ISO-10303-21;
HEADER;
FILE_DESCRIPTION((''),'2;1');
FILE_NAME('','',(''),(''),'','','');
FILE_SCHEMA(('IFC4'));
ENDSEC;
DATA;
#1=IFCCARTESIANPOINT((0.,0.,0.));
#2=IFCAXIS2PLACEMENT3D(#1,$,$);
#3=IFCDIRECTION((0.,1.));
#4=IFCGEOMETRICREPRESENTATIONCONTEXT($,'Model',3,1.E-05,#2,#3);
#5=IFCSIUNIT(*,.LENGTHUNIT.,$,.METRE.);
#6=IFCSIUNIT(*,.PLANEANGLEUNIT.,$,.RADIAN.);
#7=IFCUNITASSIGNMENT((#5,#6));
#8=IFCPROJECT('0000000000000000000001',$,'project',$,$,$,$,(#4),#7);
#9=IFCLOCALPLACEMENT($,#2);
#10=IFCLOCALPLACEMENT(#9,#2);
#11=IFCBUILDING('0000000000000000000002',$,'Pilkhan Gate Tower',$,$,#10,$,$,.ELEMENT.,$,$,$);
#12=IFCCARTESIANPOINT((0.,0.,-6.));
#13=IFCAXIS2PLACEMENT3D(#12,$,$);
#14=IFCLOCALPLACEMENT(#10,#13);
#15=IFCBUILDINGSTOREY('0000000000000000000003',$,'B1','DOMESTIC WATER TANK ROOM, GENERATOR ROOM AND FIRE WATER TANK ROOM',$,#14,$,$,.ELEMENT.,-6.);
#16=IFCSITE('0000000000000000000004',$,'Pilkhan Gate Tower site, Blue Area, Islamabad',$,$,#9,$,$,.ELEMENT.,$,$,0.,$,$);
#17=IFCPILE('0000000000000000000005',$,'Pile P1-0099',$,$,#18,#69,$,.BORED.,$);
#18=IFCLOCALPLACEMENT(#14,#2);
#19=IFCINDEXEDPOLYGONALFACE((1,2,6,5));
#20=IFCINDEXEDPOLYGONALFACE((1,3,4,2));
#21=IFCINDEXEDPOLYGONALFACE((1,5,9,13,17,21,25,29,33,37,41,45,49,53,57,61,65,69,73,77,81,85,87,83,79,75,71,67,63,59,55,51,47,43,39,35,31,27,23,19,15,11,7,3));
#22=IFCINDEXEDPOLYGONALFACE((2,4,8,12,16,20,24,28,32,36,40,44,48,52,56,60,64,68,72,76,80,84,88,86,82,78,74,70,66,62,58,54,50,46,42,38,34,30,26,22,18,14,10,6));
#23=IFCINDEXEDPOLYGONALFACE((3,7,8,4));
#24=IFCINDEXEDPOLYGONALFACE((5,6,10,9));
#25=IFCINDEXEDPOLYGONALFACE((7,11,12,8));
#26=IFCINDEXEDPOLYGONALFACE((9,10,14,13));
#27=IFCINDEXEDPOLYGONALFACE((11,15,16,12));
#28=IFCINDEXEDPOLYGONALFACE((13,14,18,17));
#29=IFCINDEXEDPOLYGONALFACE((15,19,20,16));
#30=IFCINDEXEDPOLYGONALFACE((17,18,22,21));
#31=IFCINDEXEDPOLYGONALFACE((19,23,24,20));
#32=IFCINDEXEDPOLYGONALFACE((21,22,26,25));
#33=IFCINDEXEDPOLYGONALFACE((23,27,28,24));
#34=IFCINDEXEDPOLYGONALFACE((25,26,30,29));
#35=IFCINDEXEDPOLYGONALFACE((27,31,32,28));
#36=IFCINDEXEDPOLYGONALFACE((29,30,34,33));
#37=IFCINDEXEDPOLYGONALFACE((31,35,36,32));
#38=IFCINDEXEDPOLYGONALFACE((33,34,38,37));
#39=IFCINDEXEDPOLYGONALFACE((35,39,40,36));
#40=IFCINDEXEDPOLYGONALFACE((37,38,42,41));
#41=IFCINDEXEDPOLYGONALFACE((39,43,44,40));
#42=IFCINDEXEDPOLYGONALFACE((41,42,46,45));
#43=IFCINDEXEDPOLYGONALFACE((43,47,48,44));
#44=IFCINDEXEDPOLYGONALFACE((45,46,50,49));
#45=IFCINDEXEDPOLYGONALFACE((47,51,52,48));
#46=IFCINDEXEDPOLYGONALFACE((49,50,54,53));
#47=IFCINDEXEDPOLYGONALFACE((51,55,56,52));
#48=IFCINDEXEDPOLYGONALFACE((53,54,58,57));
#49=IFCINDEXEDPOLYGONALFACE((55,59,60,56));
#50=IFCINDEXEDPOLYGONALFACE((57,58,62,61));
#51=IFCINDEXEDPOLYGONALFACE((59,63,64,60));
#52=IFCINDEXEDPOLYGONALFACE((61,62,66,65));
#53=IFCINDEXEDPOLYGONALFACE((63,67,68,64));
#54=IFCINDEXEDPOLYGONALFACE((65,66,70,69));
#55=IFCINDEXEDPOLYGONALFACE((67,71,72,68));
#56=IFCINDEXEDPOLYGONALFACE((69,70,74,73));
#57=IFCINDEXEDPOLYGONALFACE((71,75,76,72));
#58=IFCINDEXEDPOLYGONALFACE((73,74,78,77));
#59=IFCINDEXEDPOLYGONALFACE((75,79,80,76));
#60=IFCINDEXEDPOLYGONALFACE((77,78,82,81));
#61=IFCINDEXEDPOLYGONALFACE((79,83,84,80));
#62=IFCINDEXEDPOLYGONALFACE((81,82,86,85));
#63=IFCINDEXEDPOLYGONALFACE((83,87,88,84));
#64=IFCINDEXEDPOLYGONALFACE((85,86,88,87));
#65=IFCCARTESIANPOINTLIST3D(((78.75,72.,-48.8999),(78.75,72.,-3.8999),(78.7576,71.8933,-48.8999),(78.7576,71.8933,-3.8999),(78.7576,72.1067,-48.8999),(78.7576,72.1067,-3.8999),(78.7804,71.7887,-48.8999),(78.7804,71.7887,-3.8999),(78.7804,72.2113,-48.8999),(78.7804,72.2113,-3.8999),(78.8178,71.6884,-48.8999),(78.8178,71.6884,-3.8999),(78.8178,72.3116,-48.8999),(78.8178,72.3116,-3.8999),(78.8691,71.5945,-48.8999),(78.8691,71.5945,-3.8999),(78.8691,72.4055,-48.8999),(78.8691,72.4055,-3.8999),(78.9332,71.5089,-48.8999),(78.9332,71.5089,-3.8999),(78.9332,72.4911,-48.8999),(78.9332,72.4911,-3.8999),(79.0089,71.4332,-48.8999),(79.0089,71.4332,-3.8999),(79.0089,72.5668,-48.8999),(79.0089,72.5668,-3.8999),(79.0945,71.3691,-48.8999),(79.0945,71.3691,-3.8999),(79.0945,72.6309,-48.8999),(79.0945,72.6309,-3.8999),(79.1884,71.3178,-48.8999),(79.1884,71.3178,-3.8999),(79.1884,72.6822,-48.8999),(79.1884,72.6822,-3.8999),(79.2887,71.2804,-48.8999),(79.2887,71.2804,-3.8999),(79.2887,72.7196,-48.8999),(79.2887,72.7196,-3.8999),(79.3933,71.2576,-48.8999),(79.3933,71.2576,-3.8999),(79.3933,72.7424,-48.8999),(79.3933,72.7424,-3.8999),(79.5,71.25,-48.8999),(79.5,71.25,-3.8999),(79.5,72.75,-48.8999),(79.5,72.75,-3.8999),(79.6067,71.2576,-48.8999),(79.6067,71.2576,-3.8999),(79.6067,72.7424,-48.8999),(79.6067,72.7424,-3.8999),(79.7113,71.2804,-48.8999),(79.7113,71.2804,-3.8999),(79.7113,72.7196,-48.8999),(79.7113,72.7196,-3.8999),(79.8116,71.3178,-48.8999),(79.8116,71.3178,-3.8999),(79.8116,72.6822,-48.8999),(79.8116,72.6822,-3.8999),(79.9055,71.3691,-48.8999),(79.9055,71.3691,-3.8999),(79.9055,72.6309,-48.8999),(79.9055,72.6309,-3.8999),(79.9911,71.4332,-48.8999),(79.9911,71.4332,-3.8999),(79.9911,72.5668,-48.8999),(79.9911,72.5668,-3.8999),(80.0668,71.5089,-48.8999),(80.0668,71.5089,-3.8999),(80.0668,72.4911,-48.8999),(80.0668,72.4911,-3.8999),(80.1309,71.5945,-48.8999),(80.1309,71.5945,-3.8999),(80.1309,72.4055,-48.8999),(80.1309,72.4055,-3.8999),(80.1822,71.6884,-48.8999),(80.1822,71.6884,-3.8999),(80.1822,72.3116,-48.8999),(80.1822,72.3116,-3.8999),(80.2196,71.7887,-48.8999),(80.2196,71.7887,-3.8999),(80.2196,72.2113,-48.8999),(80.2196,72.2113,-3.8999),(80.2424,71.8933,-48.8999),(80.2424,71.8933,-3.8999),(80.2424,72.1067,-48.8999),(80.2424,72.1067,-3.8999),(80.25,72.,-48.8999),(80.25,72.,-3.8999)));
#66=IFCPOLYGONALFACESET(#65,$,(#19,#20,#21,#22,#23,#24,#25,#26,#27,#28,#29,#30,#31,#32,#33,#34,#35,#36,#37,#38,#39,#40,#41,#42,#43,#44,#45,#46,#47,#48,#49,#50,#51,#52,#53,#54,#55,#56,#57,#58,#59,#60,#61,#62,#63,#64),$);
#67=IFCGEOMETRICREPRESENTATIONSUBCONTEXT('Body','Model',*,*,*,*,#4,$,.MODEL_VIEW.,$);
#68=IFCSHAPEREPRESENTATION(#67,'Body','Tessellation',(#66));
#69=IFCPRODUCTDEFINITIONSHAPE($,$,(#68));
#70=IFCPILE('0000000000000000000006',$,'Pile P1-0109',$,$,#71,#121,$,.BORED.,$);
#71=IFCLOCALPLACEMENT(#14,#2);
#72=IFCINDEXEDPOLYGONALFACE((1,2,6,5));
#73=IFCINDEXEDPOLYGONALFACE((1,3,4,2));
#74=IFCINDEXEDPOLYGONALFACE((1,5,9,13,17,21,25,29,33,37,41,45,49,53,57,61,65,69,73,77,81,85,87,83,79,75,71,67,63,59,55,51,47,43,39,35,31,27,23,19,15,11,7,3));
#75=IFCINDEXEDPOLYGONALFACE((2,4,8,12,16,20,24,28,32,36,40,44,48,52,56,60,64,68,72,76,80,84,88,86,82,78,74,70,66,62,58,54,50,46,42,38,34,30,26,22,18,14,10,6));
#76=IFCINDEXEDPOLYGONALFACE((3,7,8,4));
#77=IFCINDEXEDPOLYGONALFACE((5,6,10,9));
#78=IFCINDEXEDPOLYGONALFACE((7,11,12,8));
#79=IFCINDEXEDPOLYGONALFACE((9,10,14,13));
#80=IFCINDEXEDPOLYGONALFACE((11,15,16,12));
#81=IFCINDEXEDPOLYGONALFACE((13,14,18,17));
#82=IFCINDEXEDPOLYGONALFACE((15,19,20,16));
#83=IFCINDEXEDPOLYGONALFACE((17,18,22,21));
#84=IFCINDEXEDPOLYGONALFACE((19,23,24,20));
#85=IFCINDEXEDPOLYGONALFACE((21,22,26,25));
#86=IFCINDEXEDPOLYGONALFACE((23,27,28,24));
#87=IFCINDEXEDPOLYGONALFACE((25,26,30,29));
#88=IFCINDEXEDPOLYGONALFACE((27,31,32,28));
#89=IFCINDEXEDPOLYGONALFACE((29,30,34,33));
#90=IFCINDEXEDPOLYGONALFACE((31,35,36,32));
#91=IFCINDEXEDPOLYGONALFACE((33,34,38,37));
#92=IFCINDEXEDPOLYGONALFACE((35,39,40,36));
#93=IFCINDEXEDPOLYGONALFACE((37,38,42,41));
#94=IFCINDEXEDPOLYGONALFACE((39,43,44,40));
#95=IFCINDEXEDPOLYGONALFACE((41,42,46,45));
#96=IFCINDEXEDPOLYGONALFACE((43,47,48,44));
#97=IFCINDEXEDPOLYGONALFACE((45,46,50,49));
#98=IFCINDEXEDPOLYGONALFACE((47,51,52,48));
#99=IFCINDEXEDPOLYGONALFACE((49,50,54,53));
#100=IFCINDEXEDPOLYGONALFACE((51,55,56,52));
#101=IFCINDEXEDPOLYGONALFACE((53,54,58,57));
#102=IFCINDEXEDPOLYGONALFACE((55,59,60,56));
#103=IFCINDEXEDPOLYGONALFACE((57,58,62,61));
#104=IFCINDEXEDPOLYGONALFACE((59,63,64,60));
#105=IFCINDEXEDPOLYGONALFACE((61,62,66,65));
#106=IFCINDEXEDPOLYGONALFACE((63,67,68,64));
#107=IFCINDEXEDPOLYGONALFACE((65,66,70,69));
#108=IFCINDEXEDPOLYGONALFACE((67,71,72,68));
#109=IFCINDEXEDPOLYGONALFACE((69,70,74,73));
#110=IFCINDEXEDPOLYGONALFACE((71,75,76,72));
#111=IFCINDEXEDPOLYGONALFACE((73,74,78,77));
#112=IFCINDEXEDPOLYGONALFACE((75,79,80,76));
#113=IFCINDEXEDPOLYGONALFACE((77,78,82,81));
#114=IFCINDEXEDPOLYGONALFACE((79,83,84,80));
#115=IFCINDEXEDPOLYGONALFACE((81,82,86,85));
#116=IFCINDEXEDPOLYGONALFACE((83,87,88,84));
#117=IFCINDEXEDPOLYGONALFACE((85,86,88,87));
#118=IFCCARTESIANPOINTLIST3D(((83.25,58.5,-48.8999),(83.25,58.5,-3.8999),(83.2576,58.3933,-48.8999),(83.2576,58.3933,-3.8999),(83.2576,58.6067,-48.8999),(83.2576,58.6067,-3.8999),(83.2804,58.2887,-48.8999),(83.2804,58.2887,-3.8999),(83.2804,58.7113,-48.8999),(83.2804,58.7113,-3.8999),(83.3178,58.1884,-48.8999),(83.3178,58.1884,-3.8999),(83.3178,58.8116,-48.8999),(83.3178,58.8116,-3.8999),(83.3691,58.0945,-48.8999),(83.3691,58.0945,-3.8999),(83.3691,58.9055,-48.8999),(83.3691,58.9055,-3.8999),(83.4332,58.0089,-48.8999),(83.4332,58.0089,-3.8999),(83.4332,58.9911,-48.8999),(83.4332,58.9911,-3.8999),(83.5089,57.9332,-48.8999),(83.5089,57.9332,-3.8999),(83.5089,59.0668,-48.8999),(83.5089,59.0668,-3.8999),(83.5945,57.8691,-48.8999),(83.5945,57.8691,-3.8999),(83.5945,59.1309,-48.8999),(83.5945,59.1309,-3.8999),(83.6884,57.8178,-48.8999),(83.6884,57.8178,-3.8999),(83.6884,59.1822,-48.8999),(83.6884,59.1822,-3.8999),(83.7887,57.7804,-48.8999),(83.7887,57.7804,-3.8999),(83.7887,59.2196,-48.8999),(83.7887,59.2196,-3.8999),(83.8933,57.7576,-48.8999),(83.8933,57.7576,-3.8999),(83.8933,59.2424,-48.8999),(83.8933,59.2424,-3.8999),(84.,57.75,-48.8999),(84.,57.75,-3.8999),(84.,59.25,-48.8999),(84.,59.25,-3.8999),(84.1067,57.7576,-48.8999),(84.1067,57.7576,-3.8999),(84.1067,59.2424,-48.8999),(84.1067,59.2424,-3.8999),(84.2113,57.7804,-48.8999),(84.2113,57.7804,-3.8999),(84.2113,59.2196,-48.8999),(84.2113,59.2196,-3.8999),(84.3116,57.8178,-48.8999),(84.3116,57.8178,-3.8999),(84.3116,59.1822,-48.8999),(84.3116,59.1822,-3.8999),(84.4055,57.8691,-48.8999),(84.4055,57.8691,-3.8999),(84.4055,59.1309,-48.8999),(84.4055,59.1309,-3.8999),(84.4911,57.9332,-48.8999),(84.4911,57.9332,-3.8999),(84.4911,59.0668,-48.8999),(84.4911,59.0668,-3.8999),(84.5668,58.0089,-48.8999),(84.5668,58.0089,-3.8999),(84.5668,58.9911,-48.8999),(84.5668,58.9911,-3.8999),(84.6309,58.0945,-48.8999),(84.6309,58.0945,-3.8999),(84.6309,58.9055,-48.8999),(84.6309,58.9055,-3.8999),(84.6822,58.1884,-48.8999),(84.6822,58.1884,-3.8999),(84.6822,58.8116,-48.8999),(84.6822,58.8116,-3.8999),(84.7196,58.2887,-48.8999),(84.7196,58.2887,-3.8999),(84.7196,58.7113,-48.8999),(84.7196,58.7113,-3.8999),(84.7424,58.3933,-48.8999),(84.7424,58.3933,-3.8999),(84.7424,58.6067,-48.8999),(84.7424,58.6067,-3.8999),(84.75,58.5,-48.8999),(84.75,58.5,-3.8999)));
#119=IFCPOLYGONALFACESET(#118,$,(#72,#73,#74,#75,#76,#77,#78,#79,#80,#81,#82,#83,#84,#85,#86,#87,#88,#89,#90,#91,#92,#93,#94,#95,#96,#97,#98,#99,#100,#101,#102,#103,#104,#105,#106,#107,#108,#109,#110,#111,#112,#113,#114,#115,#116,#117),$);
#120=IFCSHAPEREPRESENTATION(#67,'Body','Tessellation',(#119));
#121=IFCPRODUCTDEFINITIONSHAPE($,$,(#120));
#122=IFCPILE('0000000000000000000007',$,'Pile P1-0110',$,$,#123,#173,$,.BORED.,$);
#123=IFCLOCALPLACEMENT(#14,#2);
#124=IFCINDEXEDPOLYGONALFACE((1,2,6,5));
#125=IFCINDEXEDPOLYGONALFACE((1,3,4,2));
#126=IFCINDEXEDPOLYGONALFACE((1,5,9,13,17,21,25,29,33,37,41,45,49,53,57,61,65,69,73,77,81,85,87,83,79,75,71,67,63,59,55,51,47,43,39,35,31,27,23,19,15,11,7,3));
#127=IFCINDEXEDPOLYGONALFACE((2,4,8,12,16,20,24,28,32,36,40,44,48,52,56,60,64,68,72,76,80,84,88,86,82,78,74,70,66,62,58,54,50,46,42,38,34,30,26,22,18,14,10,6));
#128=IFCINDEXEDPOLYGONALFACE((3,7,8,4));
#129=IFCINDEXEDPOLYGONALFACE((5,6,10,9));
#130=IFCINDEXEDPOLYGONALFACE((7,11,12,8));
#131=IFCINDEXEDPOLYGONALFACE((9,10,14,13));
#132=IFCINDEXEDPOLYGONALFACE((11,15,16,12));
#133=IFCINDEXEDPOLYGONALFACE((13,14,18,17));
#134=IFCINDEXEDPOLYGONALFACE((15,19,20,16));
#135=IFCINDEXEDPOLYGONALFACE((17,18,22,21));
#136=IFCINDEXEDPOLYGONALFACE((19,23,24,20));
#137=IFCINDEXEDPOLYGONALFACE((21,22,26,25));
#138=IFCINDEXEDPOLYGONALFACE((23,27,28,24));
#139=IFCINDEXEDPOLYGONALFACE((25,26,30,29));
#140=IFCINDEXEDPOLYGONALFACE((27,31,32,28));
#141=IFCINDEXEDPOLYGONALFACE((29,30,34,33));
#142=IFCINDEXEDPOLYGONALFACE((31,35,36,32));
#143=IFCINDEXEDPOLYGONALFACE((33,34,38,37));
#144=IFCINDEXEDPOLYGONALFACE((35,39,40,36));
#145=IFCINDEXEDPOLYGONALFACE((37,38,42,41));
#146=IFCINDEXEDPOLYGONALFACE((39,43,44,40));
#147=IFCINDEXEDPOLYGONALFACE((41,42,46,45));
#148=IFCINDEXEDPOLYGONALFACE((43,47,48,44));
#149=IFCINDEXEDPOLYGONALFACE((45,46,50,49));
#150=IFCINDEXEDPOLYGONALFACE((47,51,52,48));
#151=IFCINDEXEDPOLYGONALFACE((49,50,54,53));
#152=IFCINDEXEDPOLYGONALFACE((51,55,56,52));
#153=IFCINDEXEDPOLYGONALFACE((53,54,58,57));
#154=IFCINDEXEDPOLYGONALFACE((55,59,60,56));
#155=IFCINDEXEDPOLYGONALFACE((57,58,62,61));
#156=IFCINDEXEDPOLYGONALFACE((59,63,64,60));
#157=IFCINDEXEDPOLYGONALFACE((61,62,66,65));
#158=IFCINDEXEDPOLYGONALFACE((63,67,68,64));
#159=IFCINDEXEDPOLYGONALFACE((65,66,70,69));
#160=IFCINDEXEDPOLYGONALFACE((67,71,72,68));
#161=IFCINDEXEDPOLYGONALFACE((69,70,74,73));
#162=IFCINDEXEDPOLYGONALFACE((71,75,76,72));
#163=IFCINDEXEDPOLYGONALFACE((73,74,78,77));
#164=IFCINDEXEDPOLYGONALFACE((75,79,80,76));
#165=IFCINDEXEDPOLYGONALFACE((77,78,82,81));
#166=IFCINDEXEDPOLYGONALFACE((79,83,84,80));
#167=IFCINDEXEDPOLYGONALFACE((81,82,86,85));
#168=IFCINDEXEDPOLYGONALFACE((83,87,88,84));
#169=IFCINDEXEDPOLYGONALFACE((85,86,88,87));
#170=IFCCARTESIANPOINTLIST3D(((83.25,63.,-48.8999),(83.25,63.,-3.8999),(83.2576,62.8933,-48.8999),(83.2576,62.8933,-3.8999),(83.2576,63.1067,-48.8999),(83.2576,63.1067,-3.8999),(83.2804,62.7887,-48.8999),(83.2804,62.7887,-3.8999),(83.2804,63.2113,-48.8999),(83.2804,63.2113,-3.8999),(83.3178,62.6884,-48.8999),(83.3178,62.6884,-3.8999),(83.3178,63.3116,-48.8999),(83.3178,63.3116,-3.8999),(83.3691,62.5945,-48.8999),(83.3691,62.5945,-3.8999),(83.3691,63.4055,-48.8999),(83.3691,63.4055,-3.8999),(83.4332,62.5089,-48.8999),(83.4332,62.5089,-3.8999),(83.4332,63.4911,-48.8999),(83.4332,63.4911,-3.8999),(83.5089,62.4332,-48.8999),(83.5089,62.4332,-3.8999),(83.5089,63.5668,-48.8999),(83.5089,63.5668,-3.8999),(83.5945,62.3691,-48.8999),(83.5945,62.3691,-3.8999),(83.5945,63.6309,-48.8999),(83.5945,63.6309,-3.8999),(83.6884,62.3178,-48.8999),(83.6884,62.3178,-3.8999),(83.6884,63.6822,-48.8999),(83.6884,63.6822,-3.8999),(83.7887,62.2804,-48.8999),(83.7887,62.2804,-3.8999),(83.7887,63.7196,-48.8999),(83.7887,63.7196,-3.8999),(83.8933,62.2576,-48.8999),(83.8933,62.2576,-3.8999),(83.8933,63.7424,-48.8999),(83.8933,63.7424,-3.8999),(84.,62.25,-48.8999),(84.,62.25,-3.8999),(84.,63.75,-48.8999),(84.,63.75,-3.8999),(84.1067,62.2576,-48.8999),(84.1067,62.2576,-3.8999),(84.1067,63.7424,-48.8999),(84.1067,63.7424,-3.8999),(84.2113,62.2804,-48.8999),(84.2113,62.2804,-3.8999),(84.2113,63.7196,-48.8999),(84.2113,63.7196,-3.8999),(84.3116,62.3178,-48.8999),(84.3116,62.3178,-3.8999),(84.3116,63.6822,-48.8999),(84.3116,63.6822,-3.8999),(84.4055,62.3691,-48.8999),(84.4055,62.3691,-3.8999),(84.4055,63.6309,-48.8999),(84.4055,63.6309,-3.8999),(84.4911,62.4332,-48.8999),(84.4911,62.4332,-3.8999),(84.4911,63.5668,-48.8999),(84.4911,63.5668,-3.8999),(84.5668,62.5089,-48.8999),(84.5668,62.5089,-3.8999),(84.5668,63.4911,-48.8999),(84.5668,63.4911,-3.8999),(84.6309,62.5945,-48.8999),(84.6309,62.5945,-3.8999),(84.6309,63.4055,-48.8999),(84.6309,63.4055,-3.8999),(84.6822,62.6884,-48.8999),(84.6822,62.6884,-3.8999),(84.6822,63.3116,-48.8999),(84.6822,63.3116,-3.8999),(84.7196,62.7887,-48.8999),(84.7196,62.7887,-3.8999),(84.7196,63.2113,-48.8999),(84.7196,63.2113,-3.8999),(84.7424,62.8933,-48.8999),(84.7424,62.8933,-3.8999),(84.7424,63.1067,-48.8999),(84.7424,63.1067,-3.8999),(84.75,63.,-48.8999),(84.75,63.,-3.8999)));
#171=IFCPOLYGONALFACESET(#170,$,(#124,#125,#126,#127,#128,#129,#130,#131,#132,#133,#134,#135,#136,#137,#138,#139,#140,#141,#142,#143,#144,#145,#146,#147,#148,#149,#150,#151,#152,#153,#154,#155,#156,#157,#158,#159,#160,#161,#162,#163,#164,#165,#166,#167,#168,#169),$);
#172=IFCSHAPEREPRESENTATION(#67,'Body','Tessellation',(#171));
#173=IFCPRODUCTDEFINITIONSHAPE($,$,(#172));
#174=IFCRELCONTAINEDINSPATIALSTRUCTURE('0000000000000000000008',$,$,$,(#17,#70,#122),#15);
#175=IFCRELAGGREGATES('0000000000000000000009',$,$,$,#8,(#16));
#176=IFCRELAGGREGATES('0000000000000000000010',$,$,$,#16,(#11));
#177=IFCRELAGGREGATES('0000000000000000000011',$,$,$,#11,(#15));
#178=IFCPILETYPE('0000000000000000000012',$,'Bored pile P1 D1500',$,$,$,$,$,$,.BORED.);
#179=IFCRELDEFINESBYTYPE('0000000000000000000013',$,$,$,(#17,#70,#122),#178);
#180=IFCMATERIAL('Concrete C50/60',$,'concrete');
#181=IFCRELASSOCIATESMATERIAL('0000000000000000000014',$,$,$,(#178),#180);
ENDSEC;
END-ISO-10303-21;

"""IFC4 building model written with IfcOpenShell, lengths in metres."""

from ifc_helpers import new_model, si_unit, direction, frame, origin, origin_2d, place, context, subcontext, project, spatial, circle, extrude, material, material_profile, profile_set, type_object, element, save


model = new_model("IFC4")

# Units and contexts
model_context = context("Model", 3, precision=1e-05, world=origin(), true_north=direction((0.0, 1.0)))
body_context = subcontext(model_context, "Body", "Model", "MODEL_VIEW")
ifc_project = project(units=[si_unit("LENGTHUNIT", "METRE"), si_unit("PLANEANGLEUNIT", "RADIAN")], contexts=[model_context])

# Site, building, storey
site_placement = place(None, origin())
site = spatial("IfcSite", under=ifc_project, at=site_placement, Name="Pilkhan Gate Tower site, Blue Area, Islamabad", CompositionType="ELEMENT", RefElevation=0.0)
building_placement = place(site_placement, origin())
building = spatial("IfcBuilding", under=site, at=building_placement, Name="Pilkhan Gate Tower", CompositionType="ELEMENT")
storey_placement = place(building_placement, frame((0.0, 0.0, -6.0)))
storey = spatial("IfcBuildingStorey", under=building, at=storey_placement, Name="B1", Description="DOMESTIC WATER TANK ROOM, GENERATOR ROOM AND FIRE WATER TANK ROOM", CompositionType="ELEMENT", Elevation=-6.0)

# Piles
ifc_material_1 = material(Name="Concrete C50/60", Category="concrete")
ifc_material_profile_1 = material_profile(ifc_material_1, circle(Radius=0.75, at=origin_2d()), Name="Bored pile 1500 dia")
ifc_profile_set_1 = profile_set([ifc_material_profile_1], Name="Concrete C50/60")
pile_type = type_object("IfcPileType", Name="Bored pile P1 D1500", PredefinedType="BORED", material=ifc_profile_set_1)
for number, where, z_axis, x_axis, name in (
    (1, (79.5, 72.0, -3.8999), (0.0, 0.0, -1.0), (1.0, 0.0, 0.0), "Pile P1-0099"),
    (2, (84.0, 58.5, -3.8999), (0.0, 0.0, -1.0), (1.0, 0.0, 0.0), "Pile P1-0109"),
    (3, (84.0, 63.0, -3.8999), (0.0, 0.0, -1.0), (1.0, 0.0, 0.0), "Pile P1-0110"),
):
    element("IfcPile", number, at=place(storey_placement, frame(where, z_axis=z_axis, x_axis=x_axis)), inside=storey, type_object=pile_type, Name=name, PredefinedType="BORED", context=body_context, shape_type="SweptSolid", body=[
        extrude(circle(Radius=0.75, at=origin_2d()), origin(), (0.0, 0.0, 1.0), 45.0),
    ])

save(model, "model.ifc")
